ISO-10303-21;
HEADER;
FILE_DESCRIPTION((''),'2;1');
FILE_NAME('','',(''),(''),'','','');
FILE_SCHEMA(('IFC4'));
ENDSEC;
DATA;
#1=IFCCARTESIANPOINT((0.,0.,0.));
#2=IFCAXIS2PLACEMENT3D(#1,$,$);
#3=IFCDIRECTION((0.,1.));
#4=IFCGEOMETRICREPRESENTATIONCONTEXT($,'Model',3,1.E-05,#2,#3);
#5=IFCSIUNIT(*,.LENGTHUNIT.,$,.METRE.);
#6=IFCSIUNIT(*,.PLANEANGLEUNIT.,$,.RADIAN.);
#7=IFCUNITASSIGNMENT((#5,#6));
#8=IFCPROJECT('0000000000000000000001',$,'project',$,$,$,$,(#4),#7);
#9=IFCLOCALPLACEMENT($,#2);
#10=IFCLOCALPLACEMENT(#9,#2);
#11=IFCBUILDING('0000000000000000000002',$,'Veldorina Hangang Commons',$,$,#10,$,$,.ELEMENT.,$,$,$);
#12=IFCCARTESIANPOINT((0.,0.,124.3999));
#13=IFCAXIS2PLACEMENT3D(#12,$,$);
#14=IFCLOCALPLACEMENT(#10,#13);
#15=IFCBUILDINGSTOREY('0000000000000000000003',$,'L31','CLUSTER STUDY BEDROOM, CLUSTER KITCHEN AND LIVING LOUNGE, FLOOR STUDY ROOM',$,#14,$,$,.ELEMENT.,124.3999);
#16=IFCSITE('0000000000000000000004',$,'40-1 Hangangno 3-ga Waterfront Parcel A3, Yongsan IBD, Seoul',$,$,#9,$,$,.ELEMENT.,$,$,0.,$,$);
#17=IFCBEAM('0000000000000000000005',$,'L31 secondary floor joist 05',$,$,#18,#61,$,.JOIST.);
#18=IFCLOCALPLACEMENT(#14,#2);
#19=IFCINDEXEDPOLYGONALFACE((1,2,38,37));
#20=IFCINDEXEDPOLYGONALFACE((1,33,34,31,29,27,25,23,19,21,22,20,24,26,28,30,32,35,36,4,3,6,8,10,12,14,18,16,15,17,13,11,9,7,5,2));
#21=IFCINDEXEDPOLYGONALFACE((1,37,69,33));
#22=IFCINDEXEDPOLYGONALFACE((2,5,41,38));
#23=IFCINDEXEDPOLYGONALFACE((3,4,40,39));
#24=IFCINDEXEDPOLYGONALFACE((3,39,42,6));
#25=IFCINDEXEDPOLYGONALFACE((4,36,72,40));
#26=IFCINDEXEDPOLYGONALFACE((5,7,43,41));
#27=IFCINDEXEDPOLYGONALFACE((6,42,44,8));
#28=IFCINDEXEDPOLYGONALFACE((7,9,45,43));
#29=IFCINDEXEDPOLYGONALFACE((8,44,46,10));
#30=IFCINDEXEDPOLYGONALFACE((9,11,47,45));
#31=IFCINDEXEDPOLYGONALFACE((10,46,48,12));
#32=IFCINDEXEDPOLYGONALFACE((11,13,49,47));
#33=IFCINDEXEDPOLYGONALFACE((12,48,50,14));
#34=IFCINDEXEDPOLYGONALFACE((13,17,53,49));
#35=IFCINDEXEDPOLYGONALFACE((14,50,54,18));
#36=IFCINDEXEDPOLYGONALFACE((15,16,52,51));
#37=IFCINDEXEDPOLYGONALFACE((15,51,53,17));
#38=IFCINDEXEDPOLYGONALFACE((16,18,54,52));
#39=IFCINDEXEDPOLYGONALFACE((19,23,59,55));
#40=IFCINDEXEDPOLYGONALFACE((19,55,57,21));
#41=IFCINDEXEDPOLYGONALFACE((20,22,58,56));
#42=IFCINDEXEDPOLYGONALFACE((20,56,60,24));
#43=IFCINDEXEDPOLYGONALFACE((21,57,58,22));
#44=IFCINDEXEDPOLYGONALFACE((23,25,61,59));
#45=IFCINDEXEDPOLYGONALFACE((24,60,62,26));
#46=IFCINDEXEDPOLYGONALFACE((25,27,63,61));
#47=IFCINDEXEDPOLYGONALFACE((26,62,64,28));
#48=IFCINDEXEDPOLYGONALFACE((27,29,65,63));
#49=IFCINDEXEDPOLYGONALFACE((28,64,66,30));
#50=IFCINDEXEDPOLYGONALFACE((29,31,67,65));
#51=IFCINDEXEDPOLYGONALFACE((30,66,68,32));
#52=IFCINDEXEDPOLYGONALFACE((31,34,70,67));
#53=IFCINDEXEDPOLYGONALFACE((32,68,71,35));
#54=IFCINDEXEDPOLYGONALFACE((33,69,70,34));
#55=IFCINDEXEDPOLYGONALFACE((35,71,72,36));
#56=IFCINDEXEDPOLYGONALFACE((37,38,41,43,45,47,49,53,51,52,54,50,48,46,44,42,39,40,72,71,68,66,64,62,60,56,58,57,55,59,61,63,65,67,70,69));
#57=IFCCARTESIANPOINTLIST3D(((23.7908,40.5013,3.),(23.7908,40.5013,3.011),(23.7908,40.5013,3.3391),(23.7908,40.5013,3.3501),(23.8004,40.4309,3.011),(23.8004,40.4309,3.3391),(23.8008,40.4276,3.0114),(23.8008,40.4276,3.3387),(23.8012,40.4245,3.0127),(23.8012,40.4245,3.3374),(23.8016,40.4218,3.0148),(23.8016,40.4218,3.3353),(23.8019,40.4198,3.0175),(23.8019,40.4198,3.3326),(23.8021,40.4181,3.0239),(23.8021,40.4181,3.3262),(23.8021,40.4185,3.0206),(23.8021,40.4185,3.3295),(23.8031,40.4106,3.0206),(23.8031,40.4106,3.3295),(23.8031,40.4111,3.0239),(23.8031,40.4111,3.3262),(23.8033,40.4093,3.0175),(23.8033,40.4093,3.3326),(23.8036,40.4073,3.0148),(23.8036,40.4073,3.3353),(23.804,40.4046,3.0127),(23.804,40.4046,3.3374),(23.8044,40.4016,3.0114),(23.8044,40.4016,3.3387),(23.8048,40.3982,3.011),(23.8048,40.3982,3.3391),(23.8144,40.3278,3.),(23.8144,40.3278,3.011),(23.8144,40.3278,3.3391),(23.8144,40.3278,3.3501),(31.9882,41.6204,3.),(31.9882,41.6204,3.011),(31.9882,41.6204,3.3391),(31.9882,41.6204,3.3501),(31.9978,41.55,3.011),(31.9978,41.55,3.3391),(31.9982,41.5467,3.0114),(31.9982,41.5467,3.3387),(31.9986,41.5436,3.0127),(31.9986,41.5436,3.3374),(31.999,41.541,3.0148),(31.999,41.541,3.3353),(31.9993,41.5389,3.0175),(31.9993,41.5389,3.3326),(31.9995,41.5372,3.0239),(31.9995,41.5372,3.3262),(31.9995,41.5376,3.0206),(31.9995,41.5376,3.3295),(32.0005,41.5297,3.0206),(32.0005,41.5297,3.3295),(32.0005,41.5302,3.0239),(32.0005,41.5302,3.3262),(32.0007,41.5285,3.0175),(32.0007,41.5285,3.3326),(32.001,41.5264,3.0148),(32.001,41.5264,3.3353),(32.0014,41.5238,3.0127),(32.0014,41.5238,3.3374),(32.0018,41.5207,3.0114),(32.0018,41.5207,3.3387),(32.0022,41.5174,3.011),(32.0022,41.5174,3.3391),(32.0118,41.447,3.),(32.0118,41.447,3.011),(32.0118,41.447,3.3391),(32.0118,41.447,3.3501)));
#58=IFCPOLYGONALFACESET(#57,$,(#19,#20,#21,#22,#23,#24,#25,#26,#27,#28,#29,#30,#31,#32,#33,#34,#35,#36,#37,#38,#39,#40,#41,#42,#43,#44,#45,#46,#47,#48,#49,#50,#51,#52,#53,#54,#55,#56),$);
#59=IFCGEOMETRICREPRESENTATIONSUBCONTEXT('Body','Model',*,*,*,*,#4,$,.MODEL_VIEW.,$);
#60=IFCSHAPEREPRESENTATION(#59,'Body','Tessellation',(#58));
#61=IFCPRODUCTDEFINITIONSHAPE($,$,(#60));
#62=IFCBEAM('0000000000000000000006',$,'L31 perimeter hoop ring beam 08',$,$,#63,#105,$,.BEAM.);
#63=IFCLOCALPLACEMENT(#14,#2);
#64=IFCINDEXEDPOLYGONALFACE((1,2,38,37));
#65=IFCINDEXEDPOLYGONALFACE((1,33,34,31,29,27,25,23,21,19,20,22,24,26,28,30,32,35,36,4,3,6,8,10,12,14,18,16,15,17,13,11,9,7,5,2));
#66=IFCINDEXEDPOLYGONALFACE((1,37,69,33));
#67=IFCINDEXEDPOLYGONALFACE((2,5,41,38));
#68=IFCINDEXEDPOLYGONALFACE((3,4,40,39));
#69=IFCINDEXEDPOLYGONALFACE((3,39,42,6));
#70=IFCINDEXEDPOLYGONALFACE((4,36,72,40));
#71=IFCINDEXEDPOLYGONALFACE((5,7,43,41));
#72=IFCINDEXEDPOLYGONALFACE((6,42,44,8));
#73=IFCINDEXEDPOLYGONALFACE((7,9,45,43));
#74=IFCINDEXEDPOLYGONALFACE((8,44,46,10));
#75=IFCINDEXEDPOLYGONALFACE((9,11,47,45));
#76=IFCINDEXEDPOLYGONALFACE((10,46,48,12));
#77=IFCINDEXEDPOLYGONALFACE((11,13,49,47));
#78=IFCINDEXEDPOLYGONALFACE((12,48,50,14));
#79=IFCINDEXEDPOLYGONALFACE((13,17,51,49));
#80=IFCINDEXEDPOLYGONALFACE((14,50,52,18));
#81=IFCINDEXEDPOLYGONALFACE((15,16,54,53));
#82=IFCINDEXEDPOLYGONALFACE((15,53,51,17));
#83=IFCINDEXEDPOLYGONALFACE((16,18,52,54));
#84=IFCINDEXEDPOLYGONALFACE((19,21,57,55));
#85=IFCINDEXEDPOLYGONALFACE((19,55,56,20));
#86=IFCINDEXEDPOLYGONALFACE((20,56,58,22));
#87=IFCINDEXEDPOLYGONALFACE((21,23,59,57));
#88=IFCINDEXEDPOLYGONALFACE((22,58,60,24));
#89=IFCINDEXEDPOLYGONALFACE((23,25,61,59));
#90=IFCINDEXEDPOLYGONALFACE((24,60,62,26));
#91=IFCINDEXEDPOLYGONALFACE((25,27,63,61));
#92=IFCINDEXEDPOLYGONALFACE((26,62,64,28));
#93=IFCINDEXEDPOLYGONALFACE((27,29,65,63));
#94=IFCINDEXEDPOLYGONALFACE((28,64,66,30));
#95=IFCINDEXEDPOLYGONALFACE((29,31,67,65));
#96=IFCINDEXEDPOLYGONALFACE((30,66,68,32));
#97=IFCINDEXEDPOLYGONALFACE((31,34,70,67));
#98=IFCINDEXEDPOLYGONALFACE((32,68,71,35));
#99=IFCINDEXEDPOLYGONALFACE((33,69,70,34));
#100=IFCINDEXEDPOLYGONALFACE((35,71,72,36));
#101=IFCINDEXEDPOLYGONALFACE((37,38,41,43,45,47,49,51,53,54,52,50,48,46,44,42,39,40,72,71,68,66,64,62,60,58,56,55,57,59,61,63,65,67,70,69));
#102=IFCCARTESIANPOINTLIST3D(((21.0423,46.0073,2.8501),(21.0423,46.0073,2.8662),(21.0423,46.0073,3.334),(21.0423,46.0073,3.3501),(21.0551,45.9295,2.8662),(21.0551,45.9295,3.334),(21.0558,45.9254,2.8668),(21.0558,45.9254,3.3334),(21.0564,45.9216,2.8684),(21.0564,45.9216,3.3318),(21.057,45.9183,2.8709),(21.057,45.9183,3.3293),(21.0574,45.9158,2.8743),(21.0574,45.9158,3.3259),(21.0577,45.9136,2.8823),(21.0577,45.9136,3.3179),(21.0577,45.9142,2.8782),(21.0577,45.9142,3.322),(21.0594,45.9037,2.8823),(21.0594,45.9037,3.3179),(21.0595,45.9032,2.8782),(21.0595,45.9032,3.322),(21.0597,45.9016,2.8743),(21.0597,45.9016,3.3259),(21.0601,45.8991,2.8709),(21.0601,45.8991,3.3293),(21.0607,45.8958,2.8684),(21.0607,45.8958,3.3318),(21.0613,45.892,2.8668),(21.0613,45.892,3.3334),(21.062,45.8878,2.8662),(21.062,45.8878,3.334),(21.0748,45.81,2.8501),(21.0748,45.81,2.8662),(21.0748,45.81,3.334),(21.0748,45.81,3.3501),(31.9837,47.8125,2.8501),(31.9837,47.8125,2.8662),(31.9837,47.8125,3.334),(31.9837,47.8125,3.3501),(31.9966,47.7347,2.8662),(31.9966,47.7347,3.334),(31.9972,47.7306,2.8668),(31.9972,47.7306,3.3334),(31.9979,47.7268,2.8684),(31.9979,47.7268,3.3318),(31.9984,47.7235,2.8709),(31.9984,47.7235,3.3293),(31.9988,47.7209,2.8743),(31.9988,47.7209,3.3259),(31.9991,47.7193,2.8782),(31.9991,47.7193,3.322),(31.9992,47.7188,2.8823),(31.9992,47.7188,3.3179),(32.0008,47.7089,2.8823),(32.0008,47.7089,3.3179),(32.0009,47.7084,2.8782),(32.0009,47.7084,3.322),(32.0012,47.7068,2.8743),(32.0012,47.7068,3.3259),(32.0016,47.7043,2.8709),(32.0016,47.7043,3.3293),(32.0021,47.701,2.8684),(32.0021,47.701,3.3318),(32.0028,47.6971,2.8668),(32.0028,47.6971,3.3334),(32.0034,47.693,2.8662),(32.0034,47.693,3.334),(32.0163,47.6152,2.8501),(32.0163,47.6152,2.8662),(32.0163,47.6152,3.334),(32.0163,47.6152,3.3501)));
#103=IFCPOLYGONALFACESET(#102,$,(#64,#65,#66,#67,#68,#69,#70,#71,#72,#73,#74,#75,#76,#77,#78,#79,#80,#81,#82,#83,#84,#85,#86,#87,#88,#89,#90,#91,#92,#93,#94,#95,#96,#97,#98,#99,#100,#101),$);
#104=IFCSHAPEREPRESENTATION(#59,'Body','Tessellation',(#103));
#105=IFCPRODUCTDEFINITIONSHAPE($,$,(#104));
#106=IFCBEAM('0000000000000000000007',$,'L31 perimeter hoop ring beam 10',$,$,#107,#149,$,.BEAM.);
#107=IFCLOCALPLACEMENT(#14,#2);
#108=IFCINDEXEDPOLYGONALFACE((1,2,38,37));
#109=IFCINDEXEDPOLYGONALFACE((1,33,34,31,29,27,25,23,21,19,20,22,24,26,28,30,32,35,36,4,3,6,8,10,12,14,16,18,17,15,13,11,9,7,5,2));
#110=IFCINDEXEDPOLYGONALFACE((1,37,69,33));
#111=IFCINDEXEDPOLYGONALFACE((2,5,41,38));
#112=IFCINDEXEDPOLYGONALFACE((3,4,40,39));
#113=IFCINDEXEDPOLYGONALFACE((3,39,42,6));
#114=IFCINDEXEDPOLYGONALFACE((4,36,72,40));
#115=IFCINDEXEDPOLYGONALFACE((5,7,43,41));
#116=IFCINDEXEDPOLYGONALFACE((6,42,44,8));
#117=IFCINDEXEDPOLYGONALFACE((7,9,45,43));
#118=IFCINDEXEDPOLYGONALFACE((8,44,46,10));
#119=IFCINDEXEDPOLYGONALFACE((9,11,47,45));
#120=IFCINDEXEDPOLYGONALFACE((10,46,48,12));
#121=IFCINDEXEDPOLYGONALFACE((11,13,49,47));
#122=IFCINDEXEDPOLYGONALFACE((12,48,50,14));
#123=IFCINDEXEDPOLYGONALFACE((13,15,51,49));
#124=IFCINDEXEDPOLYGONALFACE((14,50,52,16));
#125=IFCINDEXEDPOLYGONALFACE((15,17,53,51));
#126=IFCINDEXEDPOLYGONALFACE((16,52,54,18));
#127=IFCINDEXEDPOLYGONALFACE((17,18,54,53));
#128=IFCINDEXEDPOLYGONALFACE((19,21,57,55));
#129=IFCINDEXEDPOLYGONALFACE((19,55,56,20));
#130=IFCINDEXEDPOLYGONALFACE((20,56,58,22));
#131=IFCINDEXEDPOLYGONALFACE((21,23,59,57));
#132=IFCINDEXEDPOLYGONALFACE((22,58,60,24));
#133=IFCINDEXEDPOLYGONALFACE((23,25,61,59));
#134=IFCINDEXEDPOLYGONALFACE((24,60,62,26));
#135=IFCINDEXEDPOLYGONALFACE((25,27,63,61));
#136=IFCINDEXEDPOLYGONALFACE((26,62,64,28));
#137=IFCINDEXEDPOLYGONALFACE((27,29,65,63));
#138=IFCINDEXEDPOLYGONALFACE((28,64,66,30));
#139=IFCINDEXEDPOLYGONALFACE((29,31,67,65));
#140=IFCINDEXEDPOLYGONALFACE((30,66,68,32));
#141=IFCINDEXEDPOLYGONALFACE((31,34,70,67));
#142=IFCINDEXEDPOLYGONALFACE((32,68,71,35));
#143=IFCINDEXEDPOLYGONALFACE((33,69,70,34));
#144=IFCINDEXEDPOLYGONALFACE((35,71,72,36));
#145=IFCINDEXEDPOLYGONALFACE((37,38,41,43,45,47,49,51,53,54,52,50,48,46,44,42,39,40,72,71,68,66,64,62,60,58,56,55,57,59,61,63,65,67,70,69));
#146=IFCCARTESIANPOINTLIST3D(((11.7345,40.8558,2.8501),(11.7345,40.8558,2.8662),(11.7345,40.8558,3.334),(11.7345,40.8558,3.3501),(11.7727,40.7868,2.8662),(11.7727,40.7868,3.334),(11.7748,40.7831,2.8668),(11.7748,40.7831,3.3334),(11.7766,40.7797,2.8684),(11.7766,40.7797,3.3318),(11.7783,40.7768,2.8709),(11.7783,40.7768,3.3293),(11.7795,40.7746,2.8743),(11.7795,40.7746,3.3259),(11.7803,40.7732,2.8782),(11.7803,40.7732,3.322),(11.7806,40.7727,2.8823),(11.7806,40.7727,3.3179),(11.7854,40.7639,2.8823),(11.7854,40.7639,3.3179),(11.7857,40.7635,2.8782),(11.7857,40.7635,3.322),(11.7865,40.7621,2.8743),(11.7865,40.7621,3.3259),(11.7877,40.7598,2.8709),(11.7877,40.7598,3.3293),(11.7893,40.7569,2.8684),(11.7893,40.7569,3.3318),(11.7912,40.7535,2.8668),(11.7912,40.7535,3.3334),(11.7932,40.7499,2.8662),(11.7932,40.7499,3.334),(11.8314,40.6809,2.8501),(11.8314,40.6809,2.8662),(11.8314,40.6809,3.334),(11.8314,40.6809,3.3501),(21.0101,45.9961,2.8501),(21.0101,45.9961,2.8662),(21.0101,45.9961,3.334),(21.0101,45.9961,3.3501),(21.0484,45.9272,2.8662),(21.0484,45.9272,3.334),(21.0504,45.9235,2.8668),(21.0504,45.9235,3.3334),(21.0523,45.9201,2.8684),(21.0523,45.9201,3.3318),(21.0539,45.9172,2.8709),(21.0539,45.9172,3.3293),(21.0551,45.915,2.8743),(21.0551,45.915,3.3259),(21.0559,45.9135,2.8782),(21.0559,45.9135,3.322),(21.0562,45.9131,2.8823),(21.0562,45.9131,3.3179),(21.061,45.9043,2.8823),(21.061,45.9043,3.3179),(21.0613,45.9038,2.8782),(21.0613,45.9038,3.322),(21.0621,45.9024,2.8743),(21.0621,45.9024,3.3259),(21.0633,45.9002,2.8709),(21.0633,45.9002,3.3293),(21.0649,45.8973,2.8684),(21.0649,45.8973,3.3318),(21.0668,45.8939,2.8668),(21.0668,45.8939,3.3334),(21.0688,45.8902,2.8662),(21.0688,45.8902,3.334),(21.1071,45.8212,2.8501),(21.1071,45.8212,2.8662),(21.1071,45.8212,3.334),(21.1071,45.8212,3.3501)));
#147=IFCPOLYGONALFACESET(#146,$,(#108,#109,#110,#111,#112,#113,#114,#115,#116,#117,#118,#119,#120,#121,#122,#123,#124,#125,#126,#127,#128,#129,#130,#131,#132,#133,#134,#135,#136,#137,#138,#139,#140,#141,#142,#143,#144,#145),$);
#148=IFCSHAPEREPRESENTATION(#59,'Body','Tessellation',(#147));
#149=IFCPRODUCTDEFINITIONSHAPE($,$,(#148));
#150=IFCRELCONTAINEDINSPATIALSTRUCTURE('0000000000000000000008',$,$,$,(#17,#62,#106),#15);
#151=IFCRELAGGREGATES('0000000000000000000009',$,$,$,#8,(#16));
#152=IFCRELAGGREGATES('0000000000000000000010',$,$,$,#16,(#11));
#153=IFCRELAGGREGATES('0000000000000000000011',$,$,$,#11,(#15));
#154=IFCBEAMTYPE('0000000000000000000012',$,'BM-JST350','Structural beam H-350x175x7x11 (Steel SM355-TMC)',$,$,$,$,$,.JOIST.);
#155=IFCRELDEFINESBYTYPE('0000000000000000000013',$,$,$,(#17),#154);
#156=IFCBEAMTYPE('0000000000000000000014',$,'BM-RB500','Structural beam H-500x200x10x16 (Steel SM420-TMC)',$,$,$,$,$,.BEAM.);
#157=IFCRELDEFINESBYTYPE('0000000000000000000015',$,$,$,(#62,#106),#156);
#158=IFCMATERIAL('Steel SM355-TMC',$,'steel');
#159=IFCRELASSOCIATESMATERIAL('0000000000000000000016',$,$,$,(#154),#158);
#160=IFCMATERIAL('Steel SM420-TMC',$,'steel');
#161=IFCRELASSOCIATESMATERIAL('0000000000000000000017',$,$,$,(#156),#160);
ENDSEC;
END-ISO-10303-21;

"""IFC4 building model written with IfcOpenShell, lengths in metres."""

from ifc_helpers import new_model, si_unit, direction, frame, origin, origin_2d, place, context, subcontext, project, spatial, i_section, extrude, material, material_profile, profile_set, type_object, element, save


model = new_model("IFC4")

# Units and contexts
model_context = context("Model", 3, precision=1e-05, world=origin(), true_north=direction((0.0, 1.0)))
body_context = subcontext(model_context, "Body", "Model", "MODEL_VIEW")
ifc_project = project(units=[si_unit("LENGTHUNIT", "METRE"), si_unit("PLANEANGLEUNIT", "RADIAN")], contexts=[model_context])

# Site, building, storey
site_placement = place(None, origin())
site = spatial("IfcSite", under=ifc_project, at=site_placement, Name="40-1 Hangangno 3-ga Waterfront Parcel A3, Yongsan IBD, Seoul", CompositionType="ELEMENT", RefElevation=0.0)
building_placement = place(site_placement, origin())
building = spatial("IfcBuilding", under=site, at=building_placement, Name="Veldorina Hangang Commons", CompositionType="ELEMENT")
storey_placement = place(building_placement, frame((0.0, 0.0, 124.3999)))
storey = spatial("IfcBuildingStorey", under=building, at=storey_placement, Name="L31", Description="CLUSTER STUDY BEDROOM, CLUSTER KITCHEN AND LIVING LOUNGE, FLOOR STUDY ROOM", CompositionType="ELEMENT", Elevation=124.3999)

# Beams
ifc_material_1 = material(Name="Steel SM355-TMC", Category="steel")
ifc_material_profile_1 = material_profile(ifc_material_1, i_section(OverallWidth=0.175, OverallDepth=0.3501, WebThickness=0.0071, FlangeThickness=0.011, FilletRadius=0.0129, at=origin_2d()), Name="H-350x175x7x11")
ifc_profile_set_1 = profile_set([ifc_material_profile_1], Name="Steel SM355-TMC")
beam_type_1 = type_object("IfcBeamType", Name="BM-JST350", Description="Structural beam H-350x175x7x11 (Steel SM355-TMC)", PredefinedType="JOIST", material=ifc_profile_set_1)
beam_1_placement = place(storey_placement, frame((32.0, 41.5337, 3.175), z_axis=(-0.990809, -0.135267, 0.0), x_axis=(0.135267, -0.990809, 0.0)))
element("IfcBeam", 1, at=beam_1_placement, inside=storey, type_object=beam_type_1, Name="L31 secondary floor joist 05", PredefinedType="JOIST", context=body_context, shape_type="SweptSolid", body=[
    extrude(i_section(OverallWidth=0.175, OverallDepth=0.3501, WebThickness=0.0071, FlangeThickness=0.011, FilletRadius=0.0129, at=origin_2d()), origin(), (0.0, 0.0, 1.0), 8.2734),
])
ifc_material_2 = material(Name="Steel SM420-TMC", Category="steel")
ifc_material_profile_2 = material_profile(ifc_material_2, i_section(OverallWidth=0.2, OverallDepth=0.5, WebThickness=0.01, FlangeThickness=0.0161, FilletRadius=0.0161, at=origin_2d()), Name="H-500x200x10x16")
ifc_profile_set_2 = profile_set([ifc_material_profile_2], Name="Steel SM420-TMC")
beam_type_2 = type_object("IfcBeamType", Name="BM-RB500", Description="Structural beam H-500x200x10x16 (Steel SM420-TMC)", PredefinedType="BEAM", material=ifc_profile_set_2)
beam_2_placement = place(storey_placement, frame((32.0, 47.7139, 3.1001), z_axis=(-0.986662, -0.162785, 0.0), x_axis=(0.162785, -0.986662, 0.0)))
element("IfcBeam", 2, at=beam_2_placement, inside=storey, type_object=beam_type_2, Name="L31 perimeter hoop ring beam 08", PredefinedType="BEAM", context=body_context, shape_type="SweptSolid", body=[
    extrude(i_section(OverallWidth=0.2, OverallDepth=0.5, WebThickness=0.01, FlangeThickness=0.0161, FilletRadius=0.0161, at=origin_2d()), origin(), (0.0, 0.0, 1.0), 11.0894),
])
beam_3_placement = place(storey_placement, frame((21.0586, 45.9087, 3.1001), z_axis=(-0.874667, -0.484724, 0.0), x_axis=(0.484724, -0.874667, 0.0)))
element("IfcBeam", 3, at=beam_3_placement, inside=storey, type_object=beam_type_2, Name="L31 perimeter hoop ring beam 10", PredefinedType="BEAM", context=body_context, shape_type="SweptSolid", body=[
    extrude(i_section(OverallWidth=0.2, OverallDepth=0.5, WebThickness=0.01, FlangeThickness=0.0161, FilletRadius=0.0161, at=origin_2d()), origin(), (0.0, 0.0, 1.0), 10.6047),
])

save(model, "model.ifc")
